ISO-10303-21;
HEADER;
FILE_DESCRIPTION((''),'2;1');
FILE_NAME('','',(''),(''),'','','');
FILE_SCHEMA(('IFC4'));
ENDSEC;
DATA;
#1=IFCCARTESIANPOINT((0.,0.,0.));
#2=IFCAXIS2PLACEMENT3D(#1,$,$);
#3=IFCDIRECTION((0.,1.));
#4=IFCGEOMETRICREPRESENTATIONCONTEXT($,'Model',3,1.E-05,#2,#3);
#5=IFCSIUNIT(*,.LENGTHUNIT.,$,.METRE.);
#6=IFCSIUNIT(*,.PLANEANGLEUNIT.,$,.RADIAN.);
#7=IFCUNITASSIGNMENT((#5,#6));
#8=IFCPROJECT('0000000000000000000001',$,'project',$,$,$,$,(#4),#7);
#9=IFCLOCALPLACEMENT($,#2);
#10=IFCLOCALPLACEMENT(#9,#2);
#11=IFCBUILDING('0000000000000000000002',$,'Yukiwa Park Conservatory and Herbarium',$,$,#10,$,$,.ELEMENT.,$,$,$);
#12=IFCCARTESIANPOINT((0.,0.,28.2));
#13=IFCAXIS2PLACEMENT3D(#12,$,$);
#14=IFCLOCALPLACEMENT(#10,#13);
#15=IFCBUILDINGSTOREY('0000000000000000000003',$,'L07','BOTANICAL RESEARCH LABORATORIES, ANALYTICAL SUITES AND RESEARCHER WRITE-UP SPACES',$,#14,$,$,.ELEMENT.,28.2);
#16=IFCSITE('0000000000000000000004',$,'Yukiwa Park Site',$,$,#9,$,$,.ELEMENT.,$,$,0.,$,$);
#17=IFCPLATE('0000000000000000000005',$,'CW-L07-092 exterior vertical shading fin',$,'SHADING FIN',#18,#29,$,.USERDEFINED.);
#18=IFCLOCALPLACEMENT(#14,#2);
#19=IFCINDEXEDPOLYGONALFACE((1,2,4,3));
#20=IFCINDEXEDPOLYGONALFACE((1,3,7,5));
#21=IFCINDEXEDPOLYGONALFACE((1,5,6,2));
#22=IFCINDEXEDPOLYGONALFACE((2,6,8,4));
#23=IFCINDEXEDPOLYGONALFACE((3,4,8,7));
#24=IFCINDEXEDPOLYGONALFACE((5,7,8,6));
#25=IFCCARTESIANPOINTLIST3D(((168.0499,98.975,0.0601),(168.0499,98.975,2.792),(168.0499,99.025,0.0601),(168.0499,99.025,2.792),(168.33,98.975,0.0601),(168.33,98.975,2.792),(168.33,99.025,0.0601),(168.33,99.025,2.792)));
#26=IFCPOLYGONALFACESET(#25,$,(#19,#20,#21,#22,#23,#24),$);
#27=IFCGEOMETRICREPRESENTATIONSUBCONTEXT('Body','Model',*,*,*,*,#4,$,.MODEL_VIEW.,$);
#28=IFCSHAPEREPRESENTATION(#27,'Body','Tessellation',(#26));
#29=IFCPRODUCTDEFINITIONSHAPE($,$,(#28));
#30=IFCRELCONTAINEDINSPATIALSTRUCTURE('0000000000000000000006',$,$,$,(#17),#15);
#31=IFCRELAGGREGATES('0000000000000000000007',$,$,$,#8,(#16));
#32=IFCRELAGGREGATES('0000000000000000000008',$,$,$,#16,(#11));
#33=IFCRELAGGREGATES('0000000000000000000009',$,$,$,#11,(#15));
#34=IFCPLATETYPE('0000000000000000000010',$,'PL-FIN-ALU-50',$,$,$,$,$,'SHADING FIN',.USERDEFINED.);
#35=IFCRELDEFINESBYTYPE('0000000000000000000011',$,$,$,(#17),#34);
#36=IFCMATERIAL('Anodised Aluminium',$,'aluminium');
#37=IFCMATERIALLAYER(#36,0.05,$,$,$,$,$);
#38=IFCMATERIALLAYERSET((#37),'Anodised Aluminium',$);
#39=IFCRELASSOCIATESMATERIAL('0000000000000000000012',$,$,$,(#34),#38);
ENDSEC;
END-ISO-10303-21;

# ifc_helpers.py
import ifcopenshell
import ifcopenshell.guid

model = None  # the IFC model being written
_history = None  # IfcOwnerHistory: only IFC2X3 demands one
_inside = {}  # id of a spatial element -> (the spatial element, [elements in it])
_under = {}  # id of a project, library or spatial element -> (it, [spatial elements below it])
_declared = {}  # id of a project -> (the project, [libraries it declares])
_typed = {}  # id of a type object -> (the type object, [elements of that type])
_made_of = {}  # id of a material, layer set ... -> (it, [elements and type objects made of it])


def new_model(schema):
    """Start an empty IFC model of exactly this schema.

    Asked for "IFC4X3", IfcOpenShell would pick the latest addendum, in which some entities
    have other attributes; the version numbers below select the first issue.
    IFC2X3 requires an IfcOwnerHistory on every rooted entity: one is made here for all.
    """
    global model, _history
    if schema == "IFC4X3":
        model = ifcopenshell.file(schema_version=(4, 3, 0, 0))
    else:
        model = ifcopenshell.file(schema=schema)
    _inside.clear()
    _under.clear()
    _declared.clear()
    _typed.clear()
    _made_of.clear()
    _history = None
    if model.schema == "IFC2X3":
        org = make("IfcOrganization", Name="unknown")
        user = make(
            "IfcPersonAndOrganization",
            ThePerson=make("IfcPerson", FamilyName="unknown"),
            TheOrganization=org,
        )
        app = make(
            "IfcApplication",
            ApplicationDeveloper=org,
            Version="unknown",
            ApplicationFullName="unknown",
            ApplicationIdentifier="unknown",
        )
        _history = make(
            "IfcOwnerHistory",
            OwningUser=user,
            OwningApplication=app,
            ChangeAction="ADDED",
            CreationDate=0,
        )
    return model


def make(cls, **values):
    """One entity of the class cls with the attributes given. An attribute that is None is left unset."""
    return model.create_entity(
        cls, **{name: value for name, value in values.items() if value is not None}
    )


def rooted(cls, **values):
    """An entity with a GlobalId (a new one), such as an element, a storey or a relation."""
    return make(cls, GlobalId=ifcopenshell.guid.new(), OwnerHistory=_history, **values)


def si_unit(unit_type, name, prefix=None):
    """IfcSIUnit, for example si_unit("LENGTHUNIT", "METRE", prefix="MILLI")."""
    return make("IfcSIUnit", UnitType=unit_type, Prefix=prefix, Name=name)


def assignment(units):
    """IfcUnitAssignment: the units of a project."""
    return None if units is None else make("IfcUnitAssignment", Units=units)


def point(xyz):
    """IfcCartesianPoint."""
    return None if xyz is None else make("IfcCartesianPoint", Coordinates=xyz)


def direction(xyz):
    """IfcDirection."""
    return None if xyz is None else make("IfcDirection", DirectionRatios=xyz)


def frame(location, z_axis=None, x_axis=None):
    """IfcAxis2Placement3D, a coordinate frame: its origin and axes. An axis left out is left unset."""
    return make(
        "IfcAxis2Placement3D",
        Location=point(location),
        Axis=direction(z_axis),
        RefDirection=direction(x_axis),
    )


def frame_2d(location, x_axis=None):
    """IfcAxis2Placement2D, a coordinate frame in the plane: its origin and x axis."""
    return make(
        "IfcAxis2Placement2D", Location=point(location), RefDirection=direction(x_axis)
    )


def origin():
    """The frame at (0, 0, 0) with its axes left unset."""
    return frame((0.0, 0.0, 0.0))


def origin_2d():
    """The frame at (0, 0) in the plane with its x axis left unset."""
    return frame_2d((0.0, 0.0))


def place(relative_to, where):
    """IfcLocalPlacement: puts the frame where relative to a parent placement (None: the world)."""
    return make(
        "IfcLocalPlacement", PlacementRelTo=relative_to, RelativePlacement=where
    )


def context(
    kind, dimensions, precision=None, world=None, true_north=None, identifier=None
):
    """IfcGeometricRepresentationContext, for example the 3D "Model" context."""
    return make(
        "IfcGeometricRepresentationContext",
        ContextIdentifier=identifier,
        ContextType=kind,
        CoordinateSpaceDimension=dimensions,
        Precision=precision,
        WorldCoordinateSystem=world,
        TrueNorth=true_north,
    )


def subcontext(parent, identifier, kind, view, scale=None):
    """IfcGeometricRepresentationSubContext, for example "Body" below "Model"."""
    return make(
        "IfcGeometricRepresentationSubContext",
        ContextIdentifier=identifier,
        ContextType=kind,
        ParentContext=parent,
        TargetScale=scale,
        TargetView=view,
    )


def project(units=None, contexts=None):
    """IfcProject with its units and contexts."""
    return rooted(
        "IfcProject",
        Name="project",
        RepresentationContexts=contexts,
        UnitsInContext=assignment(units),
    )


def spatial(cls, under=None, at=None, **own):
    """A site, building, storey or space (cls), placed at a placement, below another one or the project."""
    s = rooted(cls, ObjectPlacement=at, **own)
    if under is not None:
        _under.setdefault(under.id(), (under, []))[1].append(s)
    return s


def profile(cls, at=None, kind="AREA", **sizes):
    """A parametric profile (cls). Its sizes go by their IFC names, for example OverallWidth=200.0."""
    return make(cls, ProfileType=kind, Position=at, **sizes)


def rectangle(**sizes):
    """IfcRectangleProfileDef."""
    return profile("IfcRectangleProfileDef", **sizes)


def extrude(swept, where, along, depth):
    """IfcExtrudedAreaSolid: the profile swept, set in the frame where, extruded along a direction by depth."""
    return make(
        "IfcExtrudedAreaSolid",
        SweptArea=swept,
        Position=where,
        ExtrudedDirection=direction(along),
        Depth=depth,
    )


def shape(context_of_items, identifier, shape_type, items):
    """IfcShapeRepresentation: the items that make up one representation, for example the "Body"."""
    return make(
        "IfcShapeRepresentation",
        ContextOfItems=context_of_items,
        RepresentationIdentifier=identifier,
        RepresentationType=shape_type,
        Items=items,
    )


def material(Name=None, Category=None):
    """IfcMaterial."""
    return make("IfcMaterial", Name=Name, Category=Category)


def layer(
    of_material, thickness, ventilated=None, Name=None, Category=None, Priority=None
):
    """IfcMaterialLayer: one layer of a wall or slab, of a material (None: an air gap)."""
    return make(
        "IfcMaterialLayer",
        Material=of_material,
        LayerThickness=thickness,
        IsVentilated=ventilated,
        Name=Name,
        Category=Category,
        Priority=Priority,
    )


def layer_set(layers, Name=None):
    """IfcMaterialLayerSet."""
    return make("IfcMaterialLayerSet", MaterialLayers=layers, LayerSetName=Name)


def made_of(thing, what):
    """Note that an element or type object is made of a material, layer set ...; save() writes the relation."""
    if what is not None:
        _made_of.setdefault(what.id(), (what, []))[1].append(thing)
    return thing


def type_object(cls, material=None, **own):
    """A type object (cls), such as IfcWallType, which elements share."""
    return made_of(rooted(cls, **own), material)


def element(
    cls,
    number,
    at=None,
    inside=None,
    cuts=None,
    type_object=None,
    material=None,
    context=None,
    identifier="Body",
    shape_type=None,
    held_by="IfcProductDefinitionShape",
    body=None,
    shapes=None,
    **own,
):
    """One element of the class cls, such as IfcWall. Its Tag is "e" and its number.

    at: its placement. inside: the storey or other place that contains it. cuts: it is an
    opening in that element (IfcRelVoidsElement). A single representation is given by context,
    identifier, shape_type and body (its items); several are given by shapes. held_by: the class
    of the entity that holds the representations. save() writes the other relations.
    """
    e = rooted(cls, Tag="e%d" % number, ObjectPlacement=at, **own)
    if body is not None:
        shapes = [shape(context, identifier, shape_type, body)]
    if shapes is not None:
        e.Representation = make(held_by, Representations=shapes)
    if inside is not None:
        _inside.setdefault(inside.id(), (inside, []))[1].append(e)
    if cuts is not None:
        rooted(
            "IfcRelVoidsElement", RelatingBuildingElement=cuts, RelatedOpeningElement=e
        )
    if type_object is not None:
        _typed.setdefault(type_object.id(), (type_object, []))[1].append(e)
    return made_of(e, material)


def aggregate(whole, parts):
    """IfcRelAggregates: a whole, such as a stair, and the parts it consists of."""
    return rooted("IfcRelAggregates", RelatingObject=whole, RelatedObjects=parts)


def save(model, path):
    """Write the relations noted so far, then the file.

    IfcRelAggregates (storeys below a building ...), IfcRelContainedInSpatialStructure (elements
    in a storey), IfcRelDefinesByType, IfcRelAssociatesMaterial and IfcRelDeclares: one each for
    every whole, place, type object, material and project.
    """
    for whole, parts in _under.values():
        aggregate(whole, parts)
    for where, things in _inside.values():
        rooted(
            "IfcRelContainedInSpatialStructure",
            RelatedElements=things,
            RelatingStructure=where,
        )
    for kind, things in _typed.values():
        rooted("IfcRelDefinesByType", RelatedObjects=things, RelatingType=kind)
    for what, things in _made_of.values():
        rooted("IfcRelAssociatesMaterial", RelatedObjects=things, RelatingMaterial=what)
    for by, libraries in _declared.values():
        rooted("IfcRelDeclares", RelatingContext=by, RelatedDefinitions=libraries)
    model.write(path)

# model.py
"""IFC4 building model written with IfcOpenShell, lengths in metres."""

from ifc_helpers import new_model, si_unit, direction, frame, origin, origin_2d, place, context, subcontext, project, spatial, rectangle, extrude, material, layer, layer_set, type_object, element, save


model = new_model("IFC4")

# Units and contexts
model_context = context("Model", 3, precision=1e-05, world=origin(), true_north=direction((0.0, 1.0)))
body_context = subcontext(model_context, "Body", "Model", "MODEL_VIEW")
ifc_project = project(units=[si_unit("LENGTHUNIT", "METRE"), si_unit("PLANEANGLEUNIT", "RADIAN")], contexts=[model_context])

# Site, building, storey
site_placement = place(None, origin())
site = spatial("IfcSite", under=ifc_project, at=site_placement, Name="Yukiwa Park Site", CompositionType="ELEMENT", RefElevation=0.0)
building_placement = place(site_placement, origin())
building = spatial("IfcBuilding", under=site, at=building_placement, Name="Yukiwa Park Conservatory and Herbarium", CompositionType="ELEMENT")
storey_placement = place(building_placement, frame((0.0, 0.0, 28.2)))
storey = spatial("IfcBuildingStorey", under=building, at=storey_placement, Name="L07", Description="BOTANICAL RESEARCH LABORATORIES, ANALYTICAL SUITES AND RESEARCHER WRITE-UP SPACES", CompositionType="ELEMENT", Elevation=28.2)

# Plate
ifc_material_1 = material(Name="Anodised Aluminium", Category="aluminium")
ifc_layer_1 = layer(ifc_material_1, 0.05)
ifc_layer_set_1 = layer_set([ifc_layer_1], Name="Anodised Aluminium")
plate_type_1 = type_object("IfcPlateType", Name="PL-FIN-ALU-50", ElementType="SHADING FIN", PredefinedType="USERDEFINED", material=ifc_layer_set_1)
plate_1_placement = place(storey_placement, frame((168.1899, 99.0, 0.0601), z_axis=(0.0, 0.0, 1.0), x_axis=(0.0, 1.0, 0.0)))
element("IfcPlate", 1, at=plate_1_placement, inside=storey, type_object=plate_type_1, Name="CW-L07-092 exterior vertical shading fin", ObjectType="SHADING FIN", PredefinedType="USERDEFINED", context=body_context, shape_type="SweptSolid", body=[
    extrude(rectangle(XDim=0.05, YDim=0.28, at=origin_2d()), origin(), (0.0, 0.0, 1.0), 2.7319),
])

save(model, "model.ifc")
